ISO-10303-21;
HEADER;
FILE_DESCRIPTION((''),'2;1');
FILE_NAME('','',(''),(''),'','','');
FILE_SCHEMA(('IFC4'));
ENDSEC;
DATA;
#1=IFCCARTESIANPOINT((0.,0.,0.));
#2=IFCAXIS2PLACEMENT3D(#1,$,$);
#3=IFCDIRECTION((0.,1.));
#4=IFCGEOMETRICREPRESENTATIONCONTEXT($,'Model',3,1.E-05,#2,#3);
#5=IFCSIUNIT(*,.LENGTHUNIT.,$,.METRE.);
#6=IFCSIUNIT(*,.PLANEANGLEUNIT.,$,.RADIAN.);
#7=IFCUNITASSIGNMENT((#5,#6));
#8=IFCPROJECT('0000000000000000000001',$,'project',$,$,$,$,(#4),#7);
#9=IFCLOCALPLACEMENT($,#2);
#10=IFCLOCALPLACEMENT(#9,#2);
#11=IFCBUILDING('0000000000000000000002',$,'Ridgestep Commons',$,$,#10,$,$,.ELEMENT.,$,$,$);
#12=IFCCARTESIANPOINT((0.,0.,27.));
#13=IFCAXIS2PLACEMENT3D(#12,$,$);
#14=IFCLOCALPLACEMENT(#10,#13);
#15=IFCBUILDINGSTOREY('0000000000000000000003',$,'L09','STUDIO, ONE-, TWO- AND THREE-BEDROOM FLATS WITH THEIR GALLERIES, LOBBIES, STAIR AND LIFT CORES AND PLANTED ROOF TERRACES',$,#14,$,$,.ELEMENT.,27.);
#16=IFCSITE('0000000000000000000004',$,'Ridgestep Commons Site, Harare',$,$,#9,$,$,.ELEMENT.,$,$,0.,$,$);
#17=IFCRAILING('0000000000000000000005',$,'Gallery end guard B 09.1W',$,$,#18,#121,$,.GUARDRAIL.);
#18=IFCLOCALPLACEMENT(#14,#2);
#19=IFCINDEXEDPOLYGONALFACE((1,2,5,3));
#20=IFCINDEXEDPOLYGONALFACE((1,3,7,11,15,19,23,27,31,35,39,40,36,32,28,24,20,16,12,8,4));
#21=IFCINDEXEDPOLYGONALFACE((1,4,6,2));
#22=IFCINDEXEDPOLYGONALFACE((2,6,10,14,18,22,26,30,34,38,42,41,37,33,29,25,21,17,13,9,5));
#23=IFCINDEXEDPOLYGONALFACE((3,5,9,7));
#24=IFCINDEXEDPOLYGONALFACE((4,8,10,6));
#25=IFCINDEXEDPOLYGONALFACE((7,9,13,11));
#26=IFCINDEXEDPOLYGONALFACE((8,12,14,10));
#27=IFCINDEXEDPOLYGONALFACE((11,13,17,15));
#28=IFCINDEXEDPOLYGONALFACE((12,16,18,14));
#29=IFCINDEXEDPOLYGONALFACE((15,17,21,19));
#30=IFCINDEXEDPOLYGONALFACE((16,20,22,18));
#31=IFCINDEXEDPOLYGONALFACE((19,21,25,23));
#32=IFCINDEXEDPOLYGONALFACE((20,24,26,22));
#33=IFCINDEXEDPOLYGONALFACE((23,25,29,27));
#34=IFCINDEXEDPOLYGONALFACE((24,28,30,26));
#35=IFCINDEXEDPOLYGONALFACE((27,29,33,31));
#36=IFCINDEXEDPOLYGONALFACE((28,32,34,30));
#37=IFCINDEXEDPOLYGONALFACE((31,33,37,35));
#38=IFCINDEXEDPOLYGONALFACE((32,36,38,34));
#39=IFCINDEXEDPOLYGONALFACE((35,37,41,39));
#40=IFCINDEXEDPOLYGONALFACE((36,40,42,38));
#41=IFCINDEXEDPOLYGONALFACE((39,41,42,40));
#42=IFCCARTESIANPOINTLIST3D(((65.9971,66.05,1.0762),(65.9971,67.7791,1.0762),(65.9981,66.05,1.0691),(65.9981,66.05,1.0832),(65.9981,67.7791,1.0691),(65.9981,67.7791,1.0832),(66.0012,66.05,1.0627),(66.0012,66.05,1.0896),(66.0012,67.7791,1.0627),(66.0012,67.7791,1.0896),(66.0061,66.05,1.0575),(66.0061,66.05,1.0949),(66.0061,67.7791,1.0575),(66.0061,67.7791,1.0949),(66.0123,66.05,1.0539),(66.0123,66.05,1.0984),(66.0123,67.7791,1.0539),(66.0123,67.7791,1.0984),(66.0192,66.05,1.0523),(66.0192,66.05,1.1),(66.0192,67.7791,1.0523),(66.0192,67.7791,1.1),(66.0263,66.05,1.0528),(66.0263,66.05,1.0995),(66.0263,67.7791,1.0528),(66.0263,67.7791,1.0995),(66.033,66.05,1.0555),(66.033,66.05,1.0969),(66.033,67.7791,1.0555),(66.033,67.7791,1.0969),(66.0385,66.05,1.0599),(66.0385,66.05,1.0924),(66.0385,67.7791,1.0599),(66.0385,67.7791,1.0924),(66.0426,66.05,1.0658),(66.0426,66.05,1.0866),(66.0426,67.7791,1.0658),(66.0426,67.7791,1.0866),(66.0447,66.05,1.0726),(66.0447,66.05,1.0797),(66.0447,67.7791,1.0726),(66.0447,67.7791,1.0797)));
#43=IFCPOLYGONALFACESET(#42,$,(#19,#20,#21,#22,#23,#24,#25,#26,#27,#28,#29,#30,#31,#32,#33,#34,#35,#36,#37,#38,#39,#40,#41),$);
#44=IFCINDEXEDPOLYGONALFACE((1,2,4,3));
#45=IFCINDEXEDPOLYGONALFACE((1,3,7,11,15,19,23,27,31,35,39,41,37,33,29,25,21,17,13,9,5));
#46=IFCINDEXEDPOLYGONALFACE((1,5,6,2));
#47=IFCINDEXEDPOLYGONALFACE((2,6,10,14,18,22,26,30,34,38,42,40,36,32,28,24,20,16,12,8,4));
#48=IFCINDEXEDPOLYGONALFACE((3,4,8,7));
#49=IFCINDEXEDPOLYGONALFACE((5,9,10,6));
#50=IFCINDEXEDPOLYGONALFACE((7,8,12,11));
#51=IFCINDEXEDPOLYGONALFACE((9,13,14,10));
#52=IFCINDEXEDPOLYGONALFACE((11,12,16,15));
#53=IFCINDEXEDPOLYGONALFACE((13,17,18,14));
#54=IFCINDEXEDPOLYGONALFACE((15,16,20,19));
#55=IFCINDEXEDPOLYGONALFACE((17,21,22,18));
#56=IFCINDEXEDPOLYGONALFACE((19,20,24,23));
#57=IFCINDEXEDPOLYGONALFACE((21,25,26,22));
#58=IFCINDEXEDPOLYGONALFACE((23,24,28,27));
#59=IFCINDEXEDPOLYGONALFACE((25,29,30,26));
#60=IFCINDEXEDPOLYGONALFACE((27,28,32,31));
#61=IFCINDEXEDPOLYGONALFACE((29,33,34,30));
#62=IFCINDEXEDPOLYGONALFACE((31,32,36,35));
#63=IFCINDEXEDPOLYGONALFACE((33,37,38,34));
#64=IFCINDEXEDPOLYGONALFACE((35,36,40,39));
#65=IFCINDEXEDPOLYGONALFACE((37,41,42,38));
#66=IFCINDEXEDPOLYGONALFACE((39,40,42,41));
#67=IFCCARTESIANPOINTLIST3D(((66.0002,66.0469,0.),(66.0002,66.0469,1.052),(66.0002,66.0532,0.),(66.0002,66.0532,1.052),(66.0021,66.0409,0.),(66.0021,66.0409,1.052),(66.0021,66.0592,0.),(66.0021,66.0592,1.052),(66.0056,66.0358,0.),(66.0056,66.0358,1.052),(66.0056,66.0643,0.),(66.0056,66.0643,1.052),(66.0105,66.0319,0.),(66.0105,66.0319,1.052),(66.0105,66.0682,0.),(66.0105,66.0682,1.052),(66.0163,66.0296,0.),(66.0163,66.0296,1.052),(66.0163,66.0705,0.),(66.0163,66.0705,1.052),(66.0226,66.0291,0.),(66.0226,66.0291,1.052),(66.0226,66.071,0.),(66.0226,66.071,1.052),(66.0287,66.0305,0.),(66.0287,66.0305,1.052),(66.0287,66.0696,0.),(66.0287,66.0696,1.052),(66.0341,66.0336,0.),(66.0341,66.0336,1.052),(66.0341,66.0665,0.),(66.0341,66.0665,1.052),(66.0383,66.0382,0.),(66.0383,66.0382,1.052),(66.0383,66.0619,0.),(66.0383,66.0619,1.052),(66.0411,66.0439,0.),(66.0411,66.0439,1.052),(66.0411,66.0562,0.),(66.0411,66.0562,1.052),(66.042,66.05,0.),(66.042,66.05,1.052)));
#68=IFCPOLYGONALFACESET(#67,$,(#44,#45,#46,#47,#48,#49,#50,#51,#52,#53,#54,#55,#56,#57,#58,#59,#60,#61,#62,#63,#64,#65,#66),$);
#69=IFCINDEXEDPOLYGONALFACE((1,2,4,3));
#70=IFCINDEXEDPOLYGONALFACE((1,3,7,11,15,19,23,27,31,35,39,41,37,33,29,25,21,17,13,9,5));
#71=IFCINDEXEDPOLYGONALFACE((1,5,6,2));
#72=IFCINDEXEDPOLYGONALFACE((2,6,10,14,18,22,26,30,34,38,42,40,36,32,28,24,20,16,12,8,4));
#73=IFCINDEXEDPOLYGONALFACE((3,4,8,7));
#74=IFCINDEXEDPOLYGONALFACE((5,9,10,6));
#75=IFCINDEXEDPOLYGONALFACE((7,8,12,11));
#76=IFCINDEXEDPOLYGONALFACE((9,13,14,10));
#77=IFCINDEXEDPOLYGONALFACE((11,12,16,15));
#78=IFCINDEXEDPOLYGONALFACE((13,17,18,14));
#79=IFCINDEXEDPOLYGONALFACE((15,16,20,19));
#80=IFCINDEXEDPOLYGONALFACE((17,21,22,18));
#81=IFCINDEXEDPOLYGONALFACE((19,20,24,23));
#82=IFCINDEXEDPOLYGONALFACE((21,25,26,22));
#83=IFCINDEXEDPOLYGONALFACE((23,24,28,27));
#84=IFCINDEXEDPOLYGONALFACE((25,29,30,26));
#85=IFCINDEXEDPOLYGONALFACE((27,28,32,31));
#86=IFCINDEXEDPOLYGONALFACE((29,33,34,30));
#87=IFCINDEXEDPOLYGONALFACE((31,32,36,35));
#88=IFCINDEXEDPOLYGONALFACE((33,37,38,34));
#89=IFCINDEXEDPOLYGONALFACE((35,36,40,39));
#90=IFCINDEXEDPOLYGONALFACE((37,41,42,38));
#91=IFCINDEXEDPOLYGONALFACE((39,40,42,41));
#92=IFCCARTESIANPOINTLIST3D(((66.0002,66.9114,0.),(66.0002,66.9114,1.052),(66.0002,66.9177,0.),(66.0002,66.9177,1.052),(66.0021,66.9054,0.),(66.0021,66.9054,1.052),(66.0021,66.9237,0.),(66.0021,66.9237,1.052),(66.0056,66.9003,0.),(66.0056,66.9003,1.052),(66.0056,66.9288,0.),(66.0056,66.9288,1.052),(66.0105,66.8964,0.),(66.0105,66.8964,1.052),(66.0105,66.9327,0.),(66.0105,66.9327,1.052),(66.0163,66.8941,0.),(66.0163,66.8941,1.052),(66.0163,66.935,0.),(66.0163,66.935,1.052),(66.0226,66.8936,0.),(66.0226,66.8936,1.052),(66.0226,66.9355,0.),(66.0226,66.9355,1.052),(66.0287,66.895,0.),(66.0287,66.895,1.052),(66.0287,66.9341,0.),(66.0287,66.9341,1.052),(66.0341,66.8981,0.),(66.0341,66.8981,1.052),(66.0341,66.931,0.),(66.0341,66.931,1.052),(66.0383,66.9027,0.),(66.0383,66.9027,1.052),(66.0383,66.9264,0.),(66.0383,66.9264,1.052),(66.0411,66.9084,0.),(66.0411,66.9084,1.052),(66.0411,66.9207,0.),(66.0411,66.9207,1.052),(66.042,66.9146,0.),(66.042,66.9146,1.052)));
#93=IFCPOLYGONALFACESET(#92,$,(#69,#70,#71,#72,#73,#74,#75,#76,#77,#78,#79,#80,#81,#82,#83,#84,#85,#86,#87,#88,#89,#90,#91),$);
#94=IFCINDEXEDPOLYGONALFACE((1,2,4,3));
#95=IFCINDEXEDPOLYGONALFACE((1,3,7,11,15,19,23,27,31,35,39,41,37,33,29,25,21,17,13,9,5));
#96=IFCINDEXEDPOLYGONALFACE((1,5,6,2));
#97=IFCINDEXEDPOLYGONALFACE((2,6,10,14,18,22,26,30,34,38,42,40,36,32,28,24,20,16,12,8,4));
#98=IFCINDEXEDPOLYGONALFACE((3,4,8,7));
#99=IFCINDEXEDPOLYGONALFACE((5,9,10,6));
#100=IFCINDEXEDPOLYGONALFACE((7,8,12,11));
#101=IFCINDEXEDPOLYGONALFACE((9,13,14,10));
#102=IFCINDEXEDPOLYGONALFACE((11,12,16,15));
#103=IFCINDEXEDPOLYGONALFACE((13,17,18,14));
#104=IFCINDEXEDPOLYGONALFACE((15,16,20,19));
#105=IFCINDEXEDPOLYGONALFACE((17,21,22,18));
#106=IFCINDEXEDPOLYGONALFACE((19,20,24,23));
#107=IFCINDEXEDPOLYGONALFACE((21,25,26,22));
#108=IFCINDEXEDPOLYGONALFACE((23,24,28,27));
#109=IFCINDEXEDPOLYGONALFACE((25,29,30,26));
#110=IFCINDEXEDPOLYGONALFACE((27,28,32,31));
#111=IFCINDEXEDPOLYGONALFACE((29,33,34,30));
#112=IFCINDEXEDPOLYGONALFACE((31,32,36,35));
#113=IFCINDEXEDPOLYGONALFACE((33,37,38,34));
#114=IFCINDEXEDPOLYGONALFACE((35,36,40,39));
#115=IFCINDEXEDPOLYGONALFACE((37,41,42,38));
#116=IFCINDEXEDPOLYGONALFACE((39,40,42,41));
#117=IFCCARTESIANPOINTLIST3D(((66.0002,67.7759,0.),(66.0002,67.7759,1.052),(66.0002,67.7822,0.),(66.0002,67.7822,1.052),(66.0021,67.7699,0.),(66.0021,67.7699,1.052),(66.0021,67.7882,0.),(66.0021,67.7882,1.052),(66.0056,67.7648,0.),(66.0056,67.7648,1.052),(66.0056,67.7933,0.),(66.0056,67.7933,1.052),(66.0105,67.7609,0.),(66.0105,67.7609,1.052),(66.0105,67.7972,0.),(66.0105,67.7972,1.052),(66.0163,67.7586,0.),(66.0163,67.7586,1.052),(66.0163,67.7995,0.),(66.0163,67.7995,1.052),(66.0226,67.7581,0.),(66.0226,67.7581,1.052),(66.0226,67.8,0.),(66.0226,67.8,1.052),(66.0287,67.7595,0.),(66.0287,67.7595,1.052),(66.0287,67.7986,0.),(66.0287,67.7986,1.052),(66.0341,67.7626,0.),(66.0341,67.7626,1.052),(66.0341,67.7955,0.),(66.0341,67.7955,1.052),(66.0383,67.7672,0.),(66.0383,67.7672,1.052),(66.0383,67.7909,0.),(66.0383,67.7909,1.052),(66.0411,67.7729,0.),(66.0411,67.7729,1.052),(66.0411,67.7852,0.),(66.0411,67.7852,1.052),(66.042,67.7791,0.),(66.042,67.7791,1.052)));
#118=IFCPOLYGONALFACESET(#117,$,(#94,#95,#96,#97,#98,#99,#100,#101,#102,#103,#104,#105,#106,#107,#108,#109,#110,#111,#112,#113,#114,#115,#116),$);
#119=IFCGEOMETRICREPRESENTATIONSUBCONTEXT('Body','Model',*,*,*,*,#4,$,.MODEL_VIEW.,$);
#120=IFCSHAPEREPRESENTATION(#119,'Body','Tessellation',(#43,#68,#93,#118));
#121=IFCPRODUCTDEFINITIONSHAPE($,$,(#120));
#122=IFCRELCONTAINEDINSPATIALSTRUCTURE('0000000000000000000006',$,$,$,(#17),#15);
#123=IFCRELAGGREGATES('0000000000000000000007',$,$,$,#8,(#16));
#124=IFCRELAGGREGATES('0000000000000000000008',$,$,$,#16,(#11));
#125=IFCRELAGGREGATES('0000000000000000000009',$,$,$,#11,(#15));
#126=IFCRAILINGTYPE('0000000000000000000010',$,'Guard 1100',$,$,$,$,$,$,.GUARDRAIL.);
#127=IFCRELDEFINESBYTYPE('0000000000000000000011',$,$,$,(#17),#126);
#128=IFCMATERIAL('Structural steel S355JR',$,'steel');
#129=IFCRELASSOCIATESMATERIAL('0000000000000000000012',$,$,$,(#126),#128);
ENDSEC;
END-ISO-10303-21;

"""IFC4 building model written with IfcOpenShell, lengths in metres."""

from ifc_helpers import new_model, si_unit, direction, frame, origin, origin_2d, place, context, subcontext, project, spatial, circle, extrude, material, type_object, element, save


model = new_model("IFC4")

# Units and contexts
model_context = context("Model", 3, precision=1e-05, world=origin(), true_north=direction((0.0, 1.0)))
body_context = subcontext(model_context, "Body", "Model", "MODEL_VIEW")
ifc_project = project(units=[si_unit("LENGTHUNIT", "METRE"), si_unit("PLANEANGLEUNIT", "RADIAN")], contexts=[model_context])

# Site, building, storey
site_placement = place(None, origin())
site = spatial("IfcSite", under=ifc_project, at=site_placement, Name="Ridgestep Commons Site, Harare", CompositionType="ELEMENT", RefElevation=0.0)
building_placement = place(site_placement, origin())
building = spatial("IfcBuilding", under=site, at=building_placement, Name="Ridgestep Commons", CompositionType="ELEMENT")
storey_placement = place(building_placement, frame((0.0, 0.0, 27.0)))
storey = spatial("IfcBuildingStorey", under=building, at=storey_placement, Name="L09", Description="STUDIO, ONE-, TWO- AND THREE-BEDROOM FLATS WITH THEIR GALLERIES, LOBBIES, STAIR AND LIFT CORES AND PLANTED ROOF TERRACES", CompositionType="ELEMENT", Elevation=27.0)

# Railing
ifc_material_1 = material(Name="Structural steel S355JR", Category="steel")
railing_type_1 = type_object("IfcRailingType", Name="Guard 1100", PredefinedType="GUARDRAIL", material=ifc_material_1)
railing_1_placement = place(storey_placement, frame((66.021, 66.05, 0.0)))
element("IfcRailing", 1, at=railing_1_placement, inside=storey, type_object=railing_type_1, Name="Gallery end guard B 09.1W", PredefinedType="GUARDRAIL", context=body_context, shape_type="SweptSolid", body=[
    extrude(circle(Radius=0.0239, at=origin_2d()), frame((0.0, 0.0, 1.0762), z_axis=(0.0, 1.0, 0.0), x_axis=(-1.0, 0.0, 0.0)), (0.0, 0.0, 1.0), 1.729),
    extrude(circle(Radius=0.021, at=origin_2d()), origin(), (0.0, 0.0, 1.0), 1.052),
    extrude(circle(Radius=0.021, at=origin_2d()), frame((0.0, 0.8645, 0.0)), (0.0, 0.0, 1.0), 1.052),
    extrude(circle(Radius=0.021, at=origin_2d()), frame((0.0, 1.729, 0.0)), (0.0, 0.0, 1.0), 1.052),
])

save(model, "model.ifc")
